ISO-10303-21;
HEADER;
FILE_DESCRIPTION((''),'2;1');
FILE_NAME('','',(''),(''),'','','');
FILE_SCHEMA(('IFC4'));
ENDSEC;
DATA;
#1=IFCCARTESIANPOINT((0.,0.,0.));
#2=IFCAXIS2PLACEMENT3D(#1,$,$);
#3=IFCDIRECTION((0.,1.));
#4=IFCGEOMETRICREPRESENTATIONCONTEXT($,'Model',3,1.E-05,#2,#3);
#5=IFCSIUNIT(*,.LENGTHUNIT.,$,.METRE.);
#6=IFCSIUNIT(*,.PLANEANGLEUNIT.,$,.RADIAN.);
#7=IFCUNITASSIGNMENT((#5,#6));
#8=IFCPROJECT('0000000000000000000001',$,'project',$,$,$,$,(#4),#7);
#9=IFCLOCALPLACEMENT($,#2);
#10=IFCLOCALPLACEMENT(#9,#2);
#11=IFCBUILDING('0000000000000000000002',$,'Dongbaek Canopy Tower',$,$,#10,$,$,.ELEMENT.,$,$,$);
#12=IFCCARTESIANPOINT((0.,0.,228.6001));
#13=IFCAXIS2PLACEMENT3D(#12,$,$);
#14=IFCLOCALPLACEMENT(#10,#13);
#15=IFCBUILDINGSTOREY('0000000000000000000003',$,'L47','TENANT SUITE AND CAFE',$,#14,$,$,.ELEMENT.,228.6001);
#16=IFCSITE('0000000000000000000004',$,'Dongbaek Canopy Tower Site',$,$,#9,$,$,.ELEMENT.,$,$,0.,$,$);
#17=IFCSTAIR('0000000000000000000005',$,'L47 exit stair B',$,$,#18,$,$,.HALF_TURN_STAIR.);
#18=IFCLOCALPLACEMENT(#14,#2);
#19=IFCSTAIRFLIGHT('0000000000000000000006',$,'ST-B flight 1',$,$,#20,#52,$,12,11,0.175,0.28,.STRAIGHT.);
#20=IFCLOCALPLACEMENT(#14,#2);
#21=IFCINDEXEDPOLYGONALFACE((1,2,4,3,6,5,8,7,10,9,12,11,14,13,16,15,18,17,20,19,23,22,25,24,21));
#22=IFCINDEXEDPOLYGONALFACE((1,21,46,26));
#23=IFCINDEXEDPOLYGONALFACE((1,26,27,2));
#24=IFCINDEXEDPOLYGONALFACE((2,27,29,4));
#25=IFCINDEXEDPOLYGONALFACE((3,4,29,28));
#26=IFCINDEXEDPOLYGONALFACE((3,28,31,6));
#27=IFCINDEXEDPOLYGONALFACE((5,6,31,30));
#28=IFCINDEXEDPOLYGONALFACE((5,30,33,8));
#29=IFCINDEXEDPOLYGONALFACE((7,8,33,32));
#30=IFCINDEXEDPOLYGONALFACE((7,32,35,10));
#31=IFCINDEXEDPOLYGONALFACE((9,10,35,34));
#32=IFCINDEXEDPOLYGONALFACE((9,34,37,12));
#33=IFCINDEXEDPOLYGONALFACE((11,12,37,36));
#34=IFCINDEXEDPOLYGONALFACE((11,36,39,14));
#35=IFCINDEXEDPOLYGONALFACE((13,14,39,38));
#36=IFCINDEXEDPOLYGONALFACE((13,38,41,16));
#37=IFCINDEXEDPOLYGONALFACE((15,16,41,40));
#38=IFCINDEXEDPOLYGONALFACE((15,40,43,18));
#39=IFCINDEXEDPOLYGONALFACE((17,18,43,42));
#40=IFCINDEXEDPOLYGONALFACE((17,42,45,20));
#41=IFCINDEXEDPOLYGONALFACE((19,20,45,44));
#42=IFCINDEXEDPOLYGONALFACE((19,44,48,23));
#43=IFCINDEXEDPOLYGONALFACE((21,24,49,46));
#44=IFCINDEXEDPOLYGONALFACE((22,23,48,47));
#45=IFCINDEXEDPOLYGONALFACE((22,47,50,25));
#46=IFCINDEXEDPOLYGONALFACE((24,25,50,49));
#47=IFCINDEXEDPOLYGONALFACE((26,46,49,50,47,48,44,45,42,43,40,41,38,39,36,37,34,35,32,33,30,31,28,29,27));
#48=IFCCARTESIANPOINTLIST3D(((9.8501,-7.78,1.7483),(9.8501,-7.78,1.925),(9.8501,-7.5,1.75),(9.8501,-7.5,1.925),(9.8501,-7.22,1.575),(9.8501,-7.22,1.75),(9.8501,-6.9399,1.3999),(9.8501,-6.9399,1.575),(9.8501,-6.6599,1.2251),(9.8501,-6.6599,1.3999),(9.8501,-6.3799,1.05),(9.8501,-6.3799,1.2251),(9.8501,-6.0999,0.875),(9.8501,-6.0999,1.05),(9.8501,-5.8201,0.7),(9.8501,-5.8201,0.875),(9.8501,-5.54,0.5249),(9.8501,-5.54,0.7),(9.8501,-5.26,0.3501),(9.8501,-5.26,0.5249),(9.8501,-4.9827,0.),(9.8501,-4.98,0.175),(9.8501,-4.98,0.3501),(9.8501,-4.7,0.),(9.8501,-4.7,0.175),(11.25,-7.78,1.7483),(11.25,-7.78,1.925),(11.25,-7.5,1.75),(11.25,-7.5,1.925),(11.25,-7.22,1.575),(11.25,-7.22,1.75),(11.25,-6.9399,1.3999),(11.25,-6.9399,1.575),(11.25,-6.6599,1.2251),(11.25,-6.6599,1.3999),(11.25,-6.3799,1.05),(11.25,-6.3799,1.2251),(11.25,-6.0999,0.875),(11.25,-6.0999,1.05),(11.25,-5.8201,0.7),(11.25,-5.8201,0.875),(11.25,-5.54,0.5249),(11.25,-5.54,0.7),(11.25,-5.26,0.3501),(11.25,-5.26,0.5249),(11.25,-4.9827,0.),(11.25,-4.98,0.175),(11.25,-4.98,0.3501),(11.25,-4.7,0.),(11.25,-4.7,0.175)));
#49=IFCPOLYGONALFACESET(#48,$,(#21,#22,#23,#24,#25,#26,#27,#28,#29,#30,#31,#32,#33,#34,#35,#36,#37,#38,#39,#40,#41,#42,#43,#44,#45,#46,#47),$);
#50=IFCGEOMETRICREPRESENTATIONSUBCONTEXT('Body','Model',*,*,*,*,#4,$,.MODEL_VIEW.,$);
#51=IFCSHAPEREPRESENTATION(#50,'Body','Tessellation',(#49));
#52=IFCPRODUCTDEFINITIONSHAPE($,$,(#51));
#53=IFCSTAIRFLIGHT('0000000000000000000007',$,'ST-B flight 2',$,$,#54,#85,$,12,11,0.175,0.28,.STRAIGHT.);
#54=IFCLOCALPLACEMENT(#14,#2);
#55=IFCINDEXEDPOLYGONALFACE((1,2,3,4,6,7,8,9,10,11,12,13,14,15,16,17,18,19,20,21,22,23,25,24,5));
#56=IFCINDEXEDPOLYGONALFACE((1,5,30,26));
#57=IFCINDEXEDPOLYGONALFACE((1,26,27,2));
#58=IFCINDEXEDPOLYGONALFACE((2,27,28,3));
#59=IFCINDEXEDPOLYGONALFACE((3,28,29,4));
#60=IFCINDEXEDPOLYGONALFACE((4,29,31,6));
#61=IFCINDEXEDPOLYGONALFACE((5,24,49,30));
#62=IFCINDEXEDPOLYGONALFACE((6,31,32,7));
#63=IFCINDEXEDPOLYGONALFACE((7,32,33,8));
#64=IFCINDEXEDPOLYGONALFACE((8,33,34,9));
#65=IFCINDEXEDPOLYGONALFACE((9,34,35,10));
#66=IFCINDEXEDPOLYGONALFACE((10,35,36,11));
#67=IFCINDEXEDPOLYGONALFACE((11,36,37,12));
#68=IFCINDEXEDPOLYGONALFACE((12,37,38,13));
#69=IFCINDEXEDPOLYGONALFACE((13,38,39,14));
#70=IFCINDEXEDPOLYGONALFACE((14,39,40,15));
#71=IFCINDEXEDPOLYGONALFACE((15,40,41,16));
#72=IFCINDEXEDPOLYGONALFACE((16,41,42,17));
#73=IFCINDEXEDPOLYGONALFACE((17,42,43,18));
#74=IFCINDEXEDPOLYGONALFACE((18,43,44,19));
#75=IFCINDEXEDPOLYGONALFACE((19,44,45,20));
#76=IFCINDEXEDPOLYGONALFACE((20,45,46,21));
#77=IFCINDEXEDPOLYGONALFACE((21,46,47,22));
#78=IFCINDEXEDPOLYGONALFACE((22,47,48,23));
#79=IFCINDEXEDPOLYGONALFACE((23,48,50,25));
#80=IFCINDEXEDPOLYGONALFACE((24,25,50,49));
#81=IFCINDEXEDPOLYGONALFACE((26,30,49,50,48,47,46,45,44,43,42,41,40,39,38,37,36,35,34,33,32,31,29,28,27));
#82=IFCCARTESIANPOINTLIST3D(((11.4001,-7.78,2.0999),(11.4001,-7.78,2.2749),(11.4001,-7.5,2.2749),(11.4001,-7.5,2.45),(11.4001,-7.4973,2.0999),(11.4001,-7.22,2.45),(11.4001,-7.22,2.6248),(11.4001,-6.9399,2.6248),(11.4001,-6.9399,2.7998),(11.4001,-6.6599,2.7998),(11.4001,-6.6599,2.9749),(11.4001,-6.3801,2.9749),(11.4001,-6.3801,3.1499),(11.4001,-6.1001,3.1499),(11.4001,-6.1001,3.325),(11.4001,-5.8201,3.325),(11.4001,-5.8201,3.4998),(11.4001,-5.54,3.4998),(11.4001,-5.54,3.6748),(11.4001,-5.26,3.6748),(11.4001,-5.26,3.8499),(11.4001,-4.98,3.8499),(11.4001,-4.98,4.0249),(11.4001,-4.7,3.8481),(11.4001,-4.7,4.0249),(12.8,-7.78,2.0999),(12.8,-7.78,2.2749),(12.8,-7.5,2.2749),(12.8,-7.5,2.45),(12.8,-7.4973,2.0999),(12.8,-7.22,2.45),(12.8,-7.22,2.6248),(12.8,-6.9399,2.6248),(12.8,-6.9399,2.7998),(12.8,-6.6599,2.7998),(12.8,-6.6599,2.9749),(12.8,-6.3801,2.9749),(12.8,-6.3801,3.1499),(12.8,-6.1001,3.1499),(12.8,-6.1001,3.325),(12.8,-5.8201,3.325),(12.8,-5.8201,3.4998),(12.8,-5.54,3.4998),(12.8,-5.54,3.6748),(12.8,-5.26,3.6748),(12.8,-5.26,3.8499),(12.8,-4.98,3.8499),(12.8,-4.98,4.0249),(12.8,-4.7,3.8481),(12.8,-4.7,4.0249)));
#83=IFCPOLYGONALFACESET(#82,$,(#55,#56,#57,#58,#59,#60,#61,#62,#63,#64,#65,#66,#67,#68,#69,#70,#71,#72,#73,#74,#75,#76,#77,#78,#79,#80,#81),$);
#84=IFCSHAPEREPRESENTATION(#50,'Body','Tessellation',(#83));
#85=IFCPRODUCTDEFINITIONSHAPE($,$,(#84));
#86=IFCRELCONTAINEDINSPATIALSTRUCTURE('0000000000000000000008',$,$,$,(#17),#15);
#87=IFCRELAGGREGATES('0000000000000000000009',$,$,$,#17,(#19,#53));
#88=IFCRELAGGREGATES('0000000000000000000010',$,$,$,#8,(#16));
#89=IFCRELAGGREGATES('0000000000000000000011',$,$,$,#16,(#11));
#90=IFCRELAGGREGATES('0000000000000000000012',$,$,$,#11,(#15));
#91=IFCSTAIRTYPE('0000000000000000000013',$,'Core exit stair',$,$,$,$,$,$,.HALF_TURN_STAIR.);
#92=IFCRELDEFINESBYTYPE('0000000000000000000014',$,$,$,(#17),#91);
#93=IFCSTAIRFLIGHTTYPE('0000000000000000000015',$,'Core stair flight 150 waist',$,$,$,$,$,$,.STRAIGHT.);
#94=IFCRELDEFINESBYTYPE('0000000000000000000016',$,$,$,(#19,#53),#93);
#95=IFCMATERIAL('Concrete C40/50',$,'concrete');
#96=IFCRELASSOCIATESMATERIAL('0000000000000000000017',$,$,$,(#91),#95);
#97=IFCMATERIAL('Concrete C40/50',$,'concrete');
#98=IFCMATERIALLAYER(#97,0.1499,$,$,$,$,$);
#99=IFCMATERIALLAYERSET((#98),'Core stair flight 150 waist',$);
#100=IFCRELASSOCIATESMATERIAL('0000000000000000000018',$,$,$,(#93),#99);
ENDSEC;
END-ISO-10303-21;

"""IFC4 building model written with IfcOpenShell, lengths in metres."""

from ifc_helpers import new_model, si_unit, direction, frame, origin, place, context, subcontext, project, spatial, polyline, outline, extrude, material, layer, layer_set, type_object, element, aggregate, save


model = new_model("IFC4")

# Units and contexts
model_context = context("Model", 3, precision=1e-05, world=origin(), true_north=direction((0.0, 1.0)))
body_context = subcontext(model_context, "Body", "Model", "MODEL_VIEW")
ifc_project = project(units=[si_unit("LENGTHUNIT", "METRE"), si_unit("PLANEANGLEUNIT", "RADIAN")], contexts=[model_context])

# Site, building, storey
site_placement = place(None, origin())
site = spatial("IfcSite", under=ifc_project, at=site_placement, Name="Dongbaek Canopy Tower Site", CompositionType="ELEMENT", RefElevation=0.0)
building_placement = place(site_placement, origin())
building = spatial("IfcBuilding", under=site, at=building_placement, Name="Dongbaek Canopy Tower", CompositionType="ELEMENT")
storey_placement = place(building_placement, frame((0.0, 0.0, 228.6001)))
storey = spatial("IfcBuildingStorey", under=building, at=storey_placement, Name="L47", Description="TENANT SUITE AND CAFE", CompositionType="ELEMENT", Elevation=228.6001)

# Stair
ifc_material_1 = material(Name="Concrete C40/50", Category="concrete")
stair_type = type_object("IfcStairType", Name="Core exit stair", PredefinedType="HALF_TURN_STAIR", material=ifc_material_1)
stair_1_placement = place(storey_placement, origin())
stair_1 = element("IfcStair", 1, at=stair_1_placement, inside=storey, type_object=stair_type, Name="L47 exit stair B", PredefinedType="HALF_TURN_STAIR")

# Stair flights
ifc_material_2 = material(Name="Concrete C40/50", Category="concrete")
ifc_layer_1 = layer(ifc_material_2, 0.1499)
ifc_layer_set_1 = layer_set([ifc_layer_1], Name="Core stair flight 150 waist")
stair_flight_type = type_object("IfcStairFlightType", Name="Core stair flight 150 waist", PredefinedType="STRAIGHT", material=ifc_layer_set_1)
stair_flight_1_placement = place(storey_placement, frame((10.55, -4.7, 0.0), z_axis=(0.0, 0.0, 1.0), x_axis=(0.0, -1.0, 0.0)))
stair_flight_1 = element("IfcStairFlight", 2, at=stair_flight_1_placement, type_object=stair_flight_type, Name="ST-B flight 1", NumberOfRisers=12, NumberOfTreads=11, PredefinedType="STRAIGHT", RiserHeight=0.175, TreadLength=0.28, context=body_context, shape_type="SweptSolid", body=[
    extrude(outline(polyline([(0.0, 0.0), (0.0, 0.175), (0.28, 0.175), (0.28, 0.3501), (0.5601, 0.3501), (0.5601, 0.5249), (0.8401, 0.5249), (0.8401, 0.7), (1.1201, 0.7), (1.1201, 0.875), (1.3999, 0.875), (1.3999, 1.05), (1.6799, 1.05), (1.6799, 1.2251), (1.96, 1.2251), (1.96, 1.3999), (2.24, 1.3999), (2.24, 1.575), (2.52, 1.575), (2.52, 1.75), (2.8, 1.75), (2.8, 1.925), (3.0801, 1.925), (3.0801, 2.1001), (3.0801, 1.7483), (0.2827, 0.0), (0.0, 0.0)])), frame((0.0, 0.7, 0.0), z_axis=(0.0, -1.0, 0.0), x_axis=(1.0, 0.0, 0.0)), (0.0, 0.0, 1.0), 1.3999),
])
stair_flight_2_placement = place(storey_placement, frame((12.1001, -7.78, 2.0999), z_axis=(0.0, 0.0, 1.0), x_axis=(0.0, 1.0, 0.0)))
stair_flight_2 = element("IfcStairFlight", 3, at=stair_flight_2_placement, type_object=stair_flight_type, Name="ST-B flight 2", NumberOfRisers=12, NumberOfTreads=11, PredefinedType="STRAIGHT", RiserHeight=0.175, TreadLength=0.28, context=body_context, shape_type="SweptSolid", body=[
    extrude(outline(polyline([(0.0, 0.0), (0.0, 0.175), (0.28, 0.175), (0.28, 0.3501), (0.5601, 0.3501), (0.5601, 0.5249), (0.8401, 0.5249), (0.8401, 0.7), (1.1201, 0.7), (1.1201, 0.875), (1.3999, 0.875), (1.3999, 1.05), (1.6799, 1.05), (1.6799, 1.2251), (1.96, 1.2251), (1.96, 1.3999), (2.24, 1.3999), (2.24, 1.575), (2.52, 1.575), (2.52, 1.75), (2.8, 1.75), (2.8, 1.925), (3.0801, 1.925), (3.0801, 2.1001), (3.0801, 1.7483), (0.2827, 0.0), (0.0, 0.0)])), frame((0.0, 0.7, 0.0), z_axis=(0.0, -1.0, 0.0), x_axis=(1.0, 0.0, 0.0)), (0.0, 0.0, 1.0), 1.3999),
])
aggregate(stair_1, [stair_flight_1, stair_flight_2])

save(model, "model.ifc")
